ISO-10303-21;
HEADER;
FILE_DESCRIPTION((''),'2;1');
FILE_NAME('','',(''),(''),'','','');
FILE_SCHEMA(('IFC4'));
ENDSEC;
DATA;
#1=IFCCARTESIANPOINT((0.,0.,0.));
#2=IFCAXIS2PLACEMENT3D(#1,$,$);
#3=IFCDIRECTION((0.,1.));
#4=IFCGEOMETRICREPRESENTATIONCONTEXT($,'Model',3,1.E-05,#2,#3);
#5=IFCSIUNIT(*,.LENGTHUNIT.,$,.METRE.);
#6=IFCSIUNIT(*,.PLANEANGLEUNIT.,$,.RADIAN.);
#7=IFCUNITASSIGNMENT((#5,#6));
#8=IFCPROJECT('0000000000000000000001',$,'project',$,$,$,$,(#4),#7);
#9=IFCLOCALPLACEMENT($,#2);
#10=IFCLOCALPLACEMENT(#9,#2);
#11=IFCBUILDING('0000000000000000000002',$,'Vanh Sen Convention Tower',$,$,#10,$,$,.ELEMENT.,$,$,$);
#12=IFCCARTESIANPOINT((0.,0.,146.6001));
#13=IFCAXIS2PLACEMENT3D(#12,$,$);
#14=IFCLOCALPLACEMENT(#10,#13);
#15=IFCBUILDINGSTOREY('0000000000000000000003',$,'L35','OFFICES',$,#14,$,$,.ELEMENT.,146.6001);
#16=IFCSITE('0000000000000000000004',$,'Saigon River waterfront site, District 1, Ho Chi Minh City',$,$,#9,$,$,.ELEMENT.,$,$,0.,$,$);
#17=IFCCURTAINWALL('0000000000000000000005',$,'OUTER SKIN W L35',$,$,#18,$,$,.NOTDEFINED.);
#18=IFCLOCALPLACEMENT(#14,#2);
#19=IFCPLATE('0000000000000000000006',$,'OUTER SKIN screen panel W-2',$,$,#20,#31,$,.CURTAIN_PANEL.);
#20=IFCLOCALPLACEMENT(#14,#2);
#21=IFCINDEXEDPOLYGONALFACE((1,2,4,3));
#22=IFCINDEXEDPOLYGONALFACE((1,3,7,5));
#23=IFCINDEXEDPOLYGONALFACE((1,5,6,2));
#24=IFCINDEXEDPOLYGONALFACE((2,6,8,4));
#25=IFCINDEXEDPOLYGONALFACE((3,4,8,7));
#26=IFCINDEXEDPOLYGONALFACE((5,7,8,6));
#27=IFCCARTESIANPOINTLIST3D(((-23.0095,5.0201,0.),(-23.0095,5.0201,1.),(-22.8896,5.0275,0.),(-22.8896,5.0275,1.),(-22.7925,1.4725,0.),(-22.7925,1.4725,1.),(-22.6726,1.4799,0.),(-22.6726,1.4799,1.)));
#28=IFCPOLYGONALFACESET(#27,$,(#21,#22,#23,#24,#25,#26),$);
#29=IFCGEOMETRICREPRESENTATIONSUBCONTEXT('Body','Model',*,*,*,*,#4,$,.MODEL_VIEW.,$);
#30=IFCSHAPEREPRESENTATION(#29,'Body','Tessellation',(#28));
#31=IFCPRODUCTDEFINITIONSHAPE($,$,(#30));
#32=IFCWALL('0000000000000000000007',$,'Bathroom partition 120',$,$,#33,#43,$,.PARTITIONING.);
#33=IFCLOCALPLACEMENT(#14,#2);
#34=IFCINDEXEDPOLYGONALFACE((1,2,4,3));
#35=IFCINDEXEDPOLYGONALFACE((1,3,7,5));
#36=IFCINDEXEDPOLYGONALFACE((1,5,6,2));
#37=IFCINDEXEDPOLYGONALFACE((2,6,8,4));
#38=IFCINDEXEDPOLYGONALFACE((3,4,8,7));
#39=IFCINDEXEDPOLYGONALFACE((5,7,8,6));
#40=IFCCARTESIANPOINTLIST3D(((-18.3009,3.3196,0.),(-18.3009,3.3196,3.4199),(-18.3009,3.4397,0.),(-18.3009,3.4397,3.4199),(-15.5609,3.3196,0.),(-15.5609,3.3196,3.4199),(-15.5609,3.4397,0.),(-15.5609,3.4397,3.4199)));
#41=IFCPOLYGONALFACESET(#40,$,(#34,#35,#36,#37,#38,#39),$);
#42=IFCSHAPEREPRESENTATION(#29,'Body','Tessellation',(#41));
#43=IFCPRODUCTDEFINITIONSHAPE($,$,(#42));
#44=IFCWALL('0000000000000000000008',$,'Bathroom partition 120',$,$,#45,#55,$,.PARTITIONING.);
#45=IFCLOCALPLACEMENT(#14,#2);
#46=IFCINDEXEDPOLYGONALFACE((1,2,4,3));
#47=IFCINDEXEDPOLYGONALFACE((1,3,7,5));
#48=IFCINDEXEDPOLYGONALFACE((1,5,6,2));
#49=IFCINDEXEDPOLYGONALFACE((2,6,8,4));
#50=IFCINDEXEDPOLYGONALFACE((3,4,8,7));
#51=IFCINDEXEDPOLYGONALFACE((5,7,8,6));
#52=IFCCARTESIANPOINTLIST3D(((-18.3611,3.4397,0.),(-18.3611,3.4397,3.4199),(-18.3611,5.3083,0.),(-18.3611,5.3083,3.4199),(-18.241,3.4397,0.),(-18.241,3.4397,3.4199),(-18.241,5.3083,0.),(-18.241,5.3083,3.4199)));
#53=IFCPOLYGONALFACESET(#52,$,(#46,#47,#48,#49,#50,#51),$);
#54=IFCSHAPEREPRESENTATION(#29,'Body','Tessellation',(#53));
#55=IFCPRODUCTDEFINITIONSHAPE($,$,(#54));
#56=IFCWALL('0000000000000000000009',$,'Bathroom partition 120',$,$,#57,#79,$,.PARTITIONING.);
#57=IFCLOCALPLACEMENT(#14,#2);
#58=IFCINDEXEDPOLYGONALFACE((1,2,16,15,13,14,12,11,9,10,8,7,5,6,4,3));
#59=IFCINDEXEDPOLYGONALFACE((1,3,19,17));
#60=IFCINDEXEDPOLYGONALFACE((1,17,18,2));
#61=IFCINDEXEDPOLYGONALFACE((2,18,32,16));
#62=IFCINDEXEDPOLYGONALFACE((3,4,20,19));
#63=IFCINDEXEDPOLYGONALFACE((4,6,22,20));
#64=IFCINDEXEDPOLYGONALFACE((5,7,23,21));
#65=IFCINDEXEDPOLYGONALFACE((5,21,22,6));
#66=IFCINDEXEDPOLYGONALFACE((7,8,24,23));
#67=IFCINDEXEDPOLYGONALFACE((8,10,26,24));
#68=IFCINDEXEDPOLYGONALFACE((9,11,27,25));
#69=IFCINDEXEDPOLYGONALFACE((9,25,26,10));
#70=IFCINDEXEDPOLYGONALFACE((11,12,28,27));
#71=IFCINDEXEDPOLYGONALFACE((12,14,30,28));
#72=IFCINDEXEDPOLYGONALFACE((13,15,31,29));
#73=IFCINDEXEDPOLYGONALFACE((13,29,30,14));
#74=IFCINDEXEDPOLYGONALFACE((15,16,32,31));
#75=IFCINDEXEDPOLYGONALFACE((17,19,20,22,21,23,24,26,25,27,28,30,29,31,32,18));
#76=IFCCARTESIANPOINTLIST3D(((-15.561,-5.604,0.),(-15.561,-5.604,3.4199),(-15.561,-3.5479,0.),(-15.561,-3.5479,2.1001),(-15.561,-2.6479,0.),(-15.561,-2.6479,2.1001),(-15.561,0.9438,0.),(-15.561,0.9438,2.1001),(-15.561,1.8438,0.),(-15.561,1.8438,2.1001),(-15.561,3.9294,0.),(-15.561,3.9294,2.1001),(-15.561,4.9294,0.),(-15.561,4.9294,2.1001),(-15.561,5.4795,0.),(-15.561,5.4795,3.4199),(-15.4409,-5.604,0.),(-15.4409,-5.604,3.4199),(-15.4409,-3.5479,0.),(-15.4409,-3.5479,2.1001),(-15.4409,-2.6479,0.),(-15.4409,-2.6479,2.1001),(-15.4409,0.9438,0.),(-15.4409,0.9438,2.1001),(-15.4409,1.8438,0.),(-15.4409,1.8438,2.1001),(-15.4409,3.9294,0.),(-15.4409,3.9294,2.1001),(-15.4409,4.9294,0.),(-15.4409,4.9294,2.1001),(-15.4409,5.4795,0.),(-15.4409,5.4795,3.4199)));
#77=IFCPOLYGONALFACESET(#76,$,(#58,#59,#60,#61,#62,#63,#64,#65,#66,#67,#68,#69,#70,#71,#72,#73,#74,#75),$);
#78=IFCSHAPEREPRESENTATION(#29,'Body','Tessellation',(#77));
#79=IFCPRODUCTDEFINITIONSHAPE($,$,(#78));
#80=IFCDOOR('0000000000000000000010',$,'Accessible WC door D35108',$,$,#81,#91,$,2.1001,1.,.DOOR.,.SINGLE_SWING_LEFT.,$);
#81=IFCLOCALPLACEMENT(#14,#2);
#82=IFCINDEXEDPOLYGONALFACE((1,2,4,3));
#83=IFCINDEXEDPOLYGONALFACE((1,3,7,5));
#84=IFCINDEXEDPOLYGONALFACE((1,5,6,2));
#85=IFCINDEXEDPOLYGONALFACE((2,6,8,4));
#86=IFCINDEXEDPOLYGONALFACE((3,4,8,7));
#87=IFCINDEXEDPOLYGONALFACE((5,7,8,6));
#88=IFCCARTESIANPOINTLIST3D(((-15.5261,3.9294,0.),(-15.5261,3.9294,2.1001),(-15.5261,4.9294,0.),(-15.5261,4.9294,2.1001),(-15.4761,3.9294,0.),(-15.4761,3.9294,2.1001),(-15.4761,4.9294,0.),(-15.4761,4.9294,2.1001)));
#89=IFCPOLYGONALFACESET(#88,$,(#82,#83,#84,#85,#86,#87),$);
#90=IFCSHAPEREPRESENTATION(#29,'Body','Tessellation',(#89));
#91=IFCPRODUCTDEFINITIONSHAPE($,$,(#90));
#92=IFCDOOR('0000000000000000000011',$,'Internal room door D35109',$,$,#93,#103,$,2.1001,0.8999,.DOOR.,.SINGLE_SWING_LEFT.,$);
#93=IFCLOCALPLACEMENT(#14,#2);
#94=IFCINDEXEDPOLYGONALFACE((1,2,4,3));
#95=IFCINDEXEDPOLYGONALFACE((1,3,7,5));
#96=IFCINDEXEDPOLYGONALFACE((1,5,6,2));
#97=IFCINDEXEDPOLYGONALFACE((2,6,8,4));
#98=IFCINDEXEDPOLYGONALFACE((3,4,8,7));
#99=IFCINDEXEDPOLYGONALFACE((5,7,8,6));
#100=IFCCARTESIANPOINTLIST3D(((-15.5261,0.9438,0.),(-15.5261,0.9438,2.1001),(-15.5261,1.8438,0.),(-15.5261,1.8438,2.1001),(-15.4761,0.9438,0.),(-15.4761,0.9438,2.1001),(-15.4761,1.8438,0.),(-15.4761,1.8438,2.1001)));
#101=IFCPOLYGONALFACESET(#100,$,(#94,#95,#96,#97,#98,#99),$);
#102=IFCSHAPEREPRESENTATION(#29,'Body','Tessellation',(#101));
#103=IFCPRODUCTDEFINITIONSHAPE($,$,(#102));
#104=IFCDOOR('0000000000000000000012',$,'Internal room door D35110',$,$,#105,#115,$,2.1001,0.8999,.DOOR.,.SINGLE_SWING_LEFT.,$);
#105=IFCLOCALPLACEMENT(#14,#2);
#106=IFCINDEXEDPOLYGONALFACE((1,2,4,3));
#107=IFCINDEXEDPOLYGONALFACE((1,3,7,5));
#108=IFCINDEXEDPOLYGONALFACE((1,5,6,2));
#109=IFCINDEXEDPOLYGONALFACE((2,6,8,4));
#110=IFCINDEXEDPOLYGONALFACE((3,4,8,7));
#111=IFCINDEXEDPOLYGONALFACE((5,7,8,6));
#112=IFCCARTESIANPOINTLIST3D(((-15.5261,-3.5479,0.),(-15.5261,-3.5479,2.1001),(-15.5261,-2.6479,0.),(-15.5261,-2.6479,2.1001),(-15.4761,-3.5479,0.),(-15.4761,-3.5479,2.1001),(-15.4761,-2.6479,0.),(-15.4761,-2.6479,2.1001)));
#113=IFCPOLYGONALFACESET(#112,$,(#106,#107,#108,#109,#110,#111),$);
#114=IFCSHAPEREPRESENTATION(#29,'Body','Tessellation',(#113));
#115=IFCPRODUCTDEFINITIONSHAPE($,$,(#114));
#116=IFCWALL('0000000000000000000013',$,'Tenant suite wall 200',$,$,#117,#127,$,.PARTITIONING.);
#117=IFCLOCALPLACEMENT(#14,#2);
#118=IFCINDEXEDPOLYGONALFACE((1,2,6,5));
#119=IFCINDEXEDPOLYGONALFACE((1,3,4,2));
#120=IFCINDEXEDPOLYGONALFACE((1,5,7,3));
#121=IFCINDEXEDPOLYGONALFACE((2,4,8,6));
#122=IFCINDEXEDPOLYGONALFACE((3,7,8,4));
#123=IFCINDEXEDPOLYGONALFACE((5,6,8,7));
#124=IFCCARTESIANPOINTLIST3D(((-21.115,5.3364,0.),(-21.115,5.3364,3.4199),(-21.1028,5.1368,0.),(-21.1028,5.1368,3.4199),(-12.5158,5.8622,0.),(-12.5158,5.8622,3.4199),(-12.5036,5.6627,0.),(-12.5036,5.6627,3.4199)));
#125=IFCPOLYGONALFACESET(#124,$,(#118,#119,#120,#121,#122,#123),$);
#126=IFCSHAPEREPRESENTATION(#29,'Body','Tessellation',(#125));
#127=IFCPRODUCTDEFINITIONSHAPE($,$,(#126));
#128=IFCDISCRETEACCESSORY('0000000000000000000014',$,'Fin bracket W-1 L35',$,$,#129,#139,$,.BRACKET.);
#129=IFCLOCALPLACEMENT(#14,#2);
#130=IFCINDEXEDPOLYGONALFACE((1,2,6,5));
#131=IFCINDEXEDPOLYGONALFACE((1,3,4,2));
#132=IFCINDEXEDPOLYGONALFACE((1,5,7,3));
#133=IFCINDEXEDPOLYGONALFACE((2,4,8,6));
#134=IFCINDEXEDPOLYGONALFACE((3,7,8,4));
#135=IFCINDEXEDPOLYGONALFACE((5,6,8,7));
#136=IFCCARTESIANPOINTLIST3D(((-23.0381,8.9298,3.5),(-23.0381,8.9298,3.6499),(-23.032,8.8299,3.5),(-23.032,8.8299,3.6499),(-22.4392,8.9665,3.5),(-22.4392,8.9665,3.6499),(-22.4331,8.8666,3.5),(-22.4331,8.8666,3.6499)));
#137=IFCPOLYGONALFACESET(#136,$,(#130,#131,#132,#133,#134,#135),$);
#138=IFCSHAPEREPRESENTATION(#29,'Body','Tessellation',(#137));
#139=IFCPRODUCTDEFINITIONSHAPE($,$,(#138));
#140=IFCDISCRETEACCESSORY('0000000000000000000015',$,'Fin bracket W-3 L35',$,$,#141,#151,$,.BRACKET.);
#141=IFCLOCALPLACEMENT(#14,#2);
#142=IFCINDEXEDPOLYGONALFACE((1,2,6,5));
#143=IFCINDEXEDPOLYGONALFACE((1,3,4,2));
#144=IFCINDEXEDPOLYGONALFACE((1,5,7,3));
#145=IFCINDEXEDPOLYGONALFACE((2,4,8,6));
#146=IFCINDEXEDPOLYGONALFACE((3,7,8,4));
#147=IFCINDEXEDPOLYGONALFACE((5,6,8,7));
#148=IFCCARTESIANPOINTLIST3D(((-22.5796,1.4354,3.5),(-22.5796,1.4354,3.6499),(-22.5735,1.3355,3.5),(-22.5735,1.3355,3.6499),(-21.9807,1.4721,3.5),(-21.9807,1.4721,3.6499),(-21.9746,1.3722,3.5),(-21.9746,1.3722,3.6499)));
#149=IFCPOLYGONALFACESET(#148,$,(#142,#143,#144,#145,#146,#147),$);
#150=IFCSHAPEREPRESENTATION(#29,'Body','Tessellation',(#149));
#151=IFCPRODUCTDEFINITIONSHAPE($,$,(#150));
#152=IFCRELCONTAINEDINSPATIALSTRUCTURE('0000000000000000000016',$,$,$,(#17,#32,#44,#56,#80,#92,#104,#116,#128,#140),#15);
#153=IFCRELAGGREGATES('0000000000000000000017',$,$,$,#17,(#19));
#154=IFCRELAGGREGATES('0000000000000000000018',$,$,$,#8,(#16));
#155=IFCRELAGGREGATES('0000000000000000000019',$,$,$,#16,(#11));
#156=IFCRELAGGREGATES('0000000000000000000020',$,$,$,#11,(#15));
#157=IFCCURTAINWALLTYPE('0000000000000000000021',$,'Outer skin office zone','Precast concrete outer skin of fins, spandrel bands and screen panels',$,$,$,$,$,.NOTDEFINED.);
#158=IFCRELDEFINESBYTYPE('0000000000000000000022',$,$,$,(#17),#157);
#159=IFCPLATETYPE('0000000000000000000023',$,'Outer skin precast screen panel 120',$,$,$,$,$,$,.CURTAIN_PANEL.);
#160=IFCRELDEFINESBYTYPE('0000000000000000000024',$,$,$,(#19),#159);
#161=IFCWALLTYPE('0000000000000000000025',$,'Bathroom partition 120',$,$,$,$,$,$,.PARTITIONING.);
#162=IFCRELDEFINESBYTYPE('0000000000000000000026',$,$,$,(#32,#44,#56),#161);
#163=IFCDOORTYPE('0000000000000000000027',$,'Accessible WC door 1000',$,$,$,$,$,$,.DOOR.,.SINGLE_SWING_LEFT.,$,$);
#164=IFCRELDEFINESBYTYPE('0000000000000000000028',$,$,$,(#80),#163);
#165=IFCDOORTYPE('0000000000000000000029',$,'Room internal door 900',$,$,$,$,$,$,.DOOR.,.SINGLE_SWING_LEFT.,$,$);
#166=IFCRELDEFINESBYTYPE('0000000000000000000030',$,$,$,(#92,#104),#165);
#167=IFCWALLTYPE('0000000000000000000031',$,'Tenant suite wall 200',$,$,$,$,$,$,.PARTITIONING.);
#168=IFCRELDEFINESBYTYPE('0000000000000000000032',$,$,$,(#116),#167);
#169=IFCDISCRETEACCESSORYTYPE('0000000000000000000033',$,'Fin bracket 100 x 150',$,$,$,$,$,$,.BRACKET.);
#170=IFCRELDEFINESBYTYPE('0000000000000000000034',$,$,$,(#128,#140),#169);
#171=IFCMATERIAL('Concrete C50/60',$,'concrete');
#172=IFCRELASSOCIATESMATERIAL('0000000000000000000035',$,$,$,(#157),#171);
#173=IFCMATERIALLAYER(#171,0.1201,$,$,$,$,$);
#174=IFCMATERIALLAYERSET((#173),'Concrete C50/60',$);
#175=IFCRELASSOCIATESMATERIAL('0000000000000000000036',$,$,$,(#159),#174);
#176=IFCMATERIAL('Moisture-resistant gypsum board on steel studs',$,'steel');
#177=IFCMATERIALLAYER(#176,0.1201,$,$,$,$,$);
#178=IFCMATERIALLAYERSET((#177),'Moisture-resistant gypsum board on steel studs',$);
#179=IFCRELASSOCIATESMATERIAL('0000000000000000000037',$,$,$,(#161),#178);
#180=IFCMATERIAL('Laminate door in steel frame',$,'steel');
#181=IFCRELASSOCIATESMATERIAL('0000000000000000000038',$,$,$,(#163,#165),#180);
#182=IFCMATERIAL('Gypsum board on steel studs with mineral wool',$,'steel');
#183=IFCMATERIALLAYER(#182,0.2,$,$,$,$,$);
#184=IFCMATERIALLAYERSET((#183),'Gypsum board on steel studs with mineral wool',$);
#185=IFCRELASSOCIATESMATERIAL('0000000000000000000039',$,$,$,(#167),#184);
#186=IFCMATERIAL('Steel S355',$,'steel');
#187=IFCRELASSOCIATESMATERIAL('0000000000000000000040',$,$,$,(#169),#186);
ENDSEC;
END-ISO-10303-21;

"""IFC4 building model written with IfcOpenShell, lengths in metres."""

from ifc_helpers import new_model, si_unit, direction, frame, frame_2d, origin, origin_2d, place, context, subcontext, project, spatial, rectangle, extrude, material, layer, layer_set, type_object, element, fill, aggregate, save


model = new_model("IFC4")

# Units and contexts
model_context = context("Model", 3, precision=1e-05, world=origin(), true_north=direction((0.0, 1.0)))
body_context = subcontext(model_context, "Body", "Model", "MODEL_VIEW")
ifc_project = project(units=[si_unit("LENGTHUNIT", "METRE"), si_unit("PLANEANGLEUNIT", "RADIAN")], contexts=[model_context])

# Site, building, storey
site_placement = place(None, origin())
site = spatial("IfcSite", under=ifc_project, at=site_placement, Name="Saigon River waterfront site, District 1, Ho Chi Minh City", CompositionType="ELEMENT", RefElevation=0.0)
building_placement = place(site_placement, origin())
building = spatial("IfcBuilding", under=site, at=building_placement, Name="Vanh Sen Convention Tower", CompositionType="ELEMENT")
storey_placement = place(building_placement, frame((0.0, 0.0, 146.6001)))
storey = spatial("IfcBuildingStorey", under=building, at=storey_placement, Name="L35", Description="OFFICES", CompositionType="ELEMENT", Elevation=146.6001)

# Curtain wall
ifc_material_1 = material(Name="Concrete C50/60", Category="concrete")
curtain_wall_type = type_object("IfcCurtainWallType", Name="Outer skin office zone", Description="Precast concrete outer skin of fins, spandrel bands and screen panels", PredefinedType="NOTDEFINED", material=ifc_material_1)
curtain_wall_placement = place(storey_placement, origin())
curtain_wall = element("IfcCurtainWall", 1, at=curtain_wall_placement, inside=storey, type_object=curtain_wall_type, Name="OUTER SKIN W L35", PredefinedType="NOTDEFINED")

# Plate
ifc_layer_1 = layer(ifc_material_1, 0.1201)
ifc_layer_set_1 = layer_set([ifc_layer_1], Name="Concrete C50/60")
plate_type = type_object("IfcPlateType", Name="Outer skin precast screen panel 120", PredefinedType="CURTAIN_PANEL", material=ifc_layer_set_1)
plate_1_placement = place(storey_placement, frame((-22.8411, 3.25, 0.0), z_axis=(0.0, 0.0, 1.0), x_axis=(0.061052, -0.998135, 0.0)))
plate_1 = element("IfcPlate", 2, at=plate_1_placement, type_object=plate_type, Name="OUTER SKIN screen panel W-2", PredefinedType="CURTAIN_PANEL", context=body_context, shape_type="SweptSolid", body=[
    extrude(rectangle(XDim=3.5542, YDim=0.1201, at=origin_2d()), origin(), (0.0, 0.0, 1.0), 1.0),
])
aggregate(curtain_wall, [plate_1])

# Walls
ifc_material_2 = material(Name="Moisture-resistant gypsum board on steel studs", Category="steel")
ifc_layer_2 = layer(ifc_material_2, 0.1201)
ifc_layer_set_2 = layer_set([ifc_layer_2], Name="Moisture-resistant gypsum board on steel studs")
wall_type_1 = type_object("IfcWallType", Name="Bathroom partition 120", PredefinedType="PARTITIONING", material=ifc_layer_set_2)
wall_1_placement = place(storey_placement, frame((-18.301, 3.3796, 0.0), z_axis=(0.0, 0.0, 1.0), x_axis=(1.0, 0.0, 0.0)))
element("IfcWall", 3, at=wall_1_placement, inside=storey, type_object=wall_type_1, Name="Bathroom partition 120", PredefinedType="PARTITIONING", context=body_context, shape_type="SweptSolid", body=[
    extrude(rectangle(XDim=2.74, YDim=0.1201, at=frame_2d((1.3701, 0.0))), origin(), (0.0, 0.0, 1.0), 3.4199),
])
wall_2_placement = place(storey_placement, frame((-18.301, 5.3083, 0.0), z_axis=(0.0, 0.0, 1.0), x_axis=(0.0, -1.0, 0.0)))
element("IfcWall", 4, at=wall_2_placement, inside=storey, type_object=wall_type_1, Name="Bathroom partition 120", PredefinedType="PARTITIONING", context=body_context, shape_type="SweptSolid", body=[
    extrude(rectangle(XDim=1.8687, YDim=0.1201, at=frame_2d((0.9343, 0.0))), origin(), (0.0, 0.0, 1.0), 3.4199),
])

# Wall, openings, doors
wall_3_placement = place(storey_placement, frame((-15.501, 5.4795, 0.0), z_axis=(0.0, 0.0, 1.0), x_axis=(0.0, -1.0, 0.0)))
wall_3 = element("IfcWall", 5, at=wall_3_placement, inside=storey, type_object=wall_type_1, Name="Bathroom partition 120", PredefinedType="PARTITIONING", context=body_context, shape_type="SweptSolid", body=[
    extrude(rectangle(XDim=11.0835, YDim=0.1201, at=frame_2d((5.5417, 0.0))), origin(), (0.0, 0.0, 1.0), 3.4199),
])
opening_1_placement = place(wall_3_placement, frame((0.55, 0.0, 0.0)))
opening_1 = element("IfcOpeningElement", 6, at=opening_1_placement, cuts=wall_3, PredefinedType="OPENING", context=body_context, shape_type="SweptSolid", body=[
    extrude(rectangle(XDim=1.0, YDim=2.1001, at=frame_2d((0.5, 1.05))), frame((0.0, 0.0701, 0.0), z_axis=(0.0, -1.0, 0.0), x_axis=(1.0, 0.0, 0.0)), (0.0, 0.0, 1.0), 0.1401),
])
opening_2_placement = place(wall_3_placement, frame((3.6357, 0.0, 0.0)))
opening_2 = element("IfcOpeningElement", 7, at=opening_2_placement, cuts=wall_3, PredefinedType="OPENING", context=body_context, shape_type="SweptSolid", body=[
    extrude(rectangle(XDim=0.8999, YDim=2.1001, at=frame_2d((0.45, 1.05))), frame((0.0, 0.0701, 0.0), z_axis=(0.0, -1.0, 0.0), x_axis=(1.0, 0.0, 0.0)), (0.0, 0.0, 1.0), 0.1401),
])
opening_3_placement = place(wall_3_placement, frame((8.1274, 0.0, 0.0)))
opening_3 = element("IfcOpeningElement", 8, at=opening_3_placement, cuts=wall_3, PredefinedType="OPENING", context=body_context, shape_type="SweptSolid", body=[
    extrude(rectangle(XDim=0.8999, YDim=2.1001, at=frame_2d((0.45, 1.05))), frame((0.0, 0.0701, 0.0), z_axis=(0.0, -1.0, 0.0), x_axis=(1.0, 0.0, 0.0)), (0.0, 0.0, 1.0), 0.1401),
])
ifc_material_3 = material(Name="Laminate door in steel frame", Category="steel")
door_type_1 = type_object("IfcDoorType", Name="Accessible WC door 1000", OperationType="SINGLE_SWING_LEFT", PredefinedType="DOOR", material=ifc_material_3)
door_1_placement = place(opening_1_placement, origin())
door_1 = element("IfcDoor", 9, at=door_1_placement, inside=storey, type_object=door_type_1, Name="Accessible WC door D35108", OperationType="SINGLE_SWING_LEFT", OverallHeight=2.1001, OverallWidth=1.0, PredefinedType="DOOR", context=body_context, shape_type="SweptSolid", body=[
    extrude(rectangle(XDim=1.0, YDim=2.1001, at=frame_2d((0.5, 1.05))), frame((0.0, 0.0249, 0.0), z_axis=(0.0, -1.0, 0.0), x_axis=(1.0, 0.0, 0.0)), (0.0, 0.0, 1.0), 0.05),
])
fill(opening_1, door_1)
door_type_2 = type_object("IfcDoorType", Name="Room internal door 900", OperationType="SINGLE_SWING_LEFT", PredefinedType="DOOR", material=ifc_material_3)
door_2_placement = place(opening_2_placement, origin())
door_2 = element("IfcDoor", 10, at=door_2_placement, inside=storey, type_object=door_type_2, Name="Internal room door D35109", OperationType="SINGLE_SWING_LEFT", OverallHeight=2.1001, OverallWidth=0.8999, PredefinedType="DOOR", context=body_context, shape_type="SweptSolid", body=[
    extrude(rectangle(XDim=0.8999, YDim=2.1001, at=frame_2d((0.45, 1.05))), frame((0.0, 0.0249, 0.0), z_axis=(0.0, -1.0, 0.0), x_axis=(1.0, 0.0, 0.0)), (0.0, 0.0, 1.0), 0.05),
])
fill(opening_2, door_2)
door_3_placement = place(opening_3_placement, origin())
door_3 = element("IfcDoor", 11, at=door_3_placement, inside=storey, type_object=door_type_2, Name="Internal room door D35110", OperationType="SINGLE_SWING_LEFT", OverallHeight=2.1001, OverallWidth=0.8999, PredefinedType="DOOR", context=body_context, shape_type="SweptSolid", body=[
    extrude(rectangle(XDim=0.8999, YDim=2.1001, at=frame_2d((0.45, 1.05))), frame((0.0, 0.0249, 0.0), z_axis=(0.0, -1.0, 0.0), x_axis=(1.0, 0.0, 0.0)), (0.0, 0.0, 1.0), 0.05),
])
fill(opening_3, door_3)

# Wall
ifc_material_4 = material(Name="Gypsum board on steel studs with mineral wool", Category="steel")
ifc_layer_3 = layer(ifc_material_4, 0.2)
ifc_layer_set_3 = layer_set([ifc_layer_3], Name="Gypsum board on steel studs with mineral wool")
wall_type_2 = type_object("IfcWallType", Name="Tenant suite wall 200", PredefinedType="PARTITIONING", material=ifc_layer_set_3)
wall_4_placement = place(storey_placement, frame((-21.1089, 5.2366, 0.0), z_axis=(0.0, 0.0, 1.0), x_axis=(0.998135, 0.061041, 0.0)))
element("IfcWall", 12, at=wall_4_placement, inside=storey, type_object=wall_type_2, Name="Tenant suite wall 200", PredefinedType="PARTITIONING", context=body_context, shape_type="SweptSolid", body=[
    extrude(rectangle(XDim=8.6152, YDim=0.2, at=frame_2d((4.3076, 0.0))), origin(), (0.0, 0.0, 1.0), 3.4199),
])

# Discrete accessories
ifc_material_5 = material(Name="Steel S355", Category="steel")
discrete_accessory_type = type_object("IfcDiscreteAccessoryType", Name="Fin bracket 100 x 150", PredefinedType="BRACKET", material=ifc_material_5)
for number, where, z_axis, x_axis, name in (
    (13, (-22.7356, 8.8982, 3.5), (0.0, 0.0, 1.0), (-0.998135, -0.061049, 0.0), "Fin bracket W-1 L35"),
    (14, (-22.2771, 1.4038, 3.5), (0.0, 0.0, 1.0), (-0.998135, -0.061049, 0.0), "Fin bracket W-3 L35"),
):
    element("IfcDiscreteAccessory", number, at=place(storey_placement, frame(where, z_axis=z_axis, x_axis=x_axis)), inside=storey, type_object=discrete_accessory_type, Name=name, PredefinedType="BRACKET", context=body_context, shape_type="SweptSolid", body=[
        extrude(rectangle(XDim=0.6001, YDim=0.1001, at=origin_2d()), origin(), (0.0, 0.0, 1.0), 0.1499),
    ])

save(model, "model.ifc")
